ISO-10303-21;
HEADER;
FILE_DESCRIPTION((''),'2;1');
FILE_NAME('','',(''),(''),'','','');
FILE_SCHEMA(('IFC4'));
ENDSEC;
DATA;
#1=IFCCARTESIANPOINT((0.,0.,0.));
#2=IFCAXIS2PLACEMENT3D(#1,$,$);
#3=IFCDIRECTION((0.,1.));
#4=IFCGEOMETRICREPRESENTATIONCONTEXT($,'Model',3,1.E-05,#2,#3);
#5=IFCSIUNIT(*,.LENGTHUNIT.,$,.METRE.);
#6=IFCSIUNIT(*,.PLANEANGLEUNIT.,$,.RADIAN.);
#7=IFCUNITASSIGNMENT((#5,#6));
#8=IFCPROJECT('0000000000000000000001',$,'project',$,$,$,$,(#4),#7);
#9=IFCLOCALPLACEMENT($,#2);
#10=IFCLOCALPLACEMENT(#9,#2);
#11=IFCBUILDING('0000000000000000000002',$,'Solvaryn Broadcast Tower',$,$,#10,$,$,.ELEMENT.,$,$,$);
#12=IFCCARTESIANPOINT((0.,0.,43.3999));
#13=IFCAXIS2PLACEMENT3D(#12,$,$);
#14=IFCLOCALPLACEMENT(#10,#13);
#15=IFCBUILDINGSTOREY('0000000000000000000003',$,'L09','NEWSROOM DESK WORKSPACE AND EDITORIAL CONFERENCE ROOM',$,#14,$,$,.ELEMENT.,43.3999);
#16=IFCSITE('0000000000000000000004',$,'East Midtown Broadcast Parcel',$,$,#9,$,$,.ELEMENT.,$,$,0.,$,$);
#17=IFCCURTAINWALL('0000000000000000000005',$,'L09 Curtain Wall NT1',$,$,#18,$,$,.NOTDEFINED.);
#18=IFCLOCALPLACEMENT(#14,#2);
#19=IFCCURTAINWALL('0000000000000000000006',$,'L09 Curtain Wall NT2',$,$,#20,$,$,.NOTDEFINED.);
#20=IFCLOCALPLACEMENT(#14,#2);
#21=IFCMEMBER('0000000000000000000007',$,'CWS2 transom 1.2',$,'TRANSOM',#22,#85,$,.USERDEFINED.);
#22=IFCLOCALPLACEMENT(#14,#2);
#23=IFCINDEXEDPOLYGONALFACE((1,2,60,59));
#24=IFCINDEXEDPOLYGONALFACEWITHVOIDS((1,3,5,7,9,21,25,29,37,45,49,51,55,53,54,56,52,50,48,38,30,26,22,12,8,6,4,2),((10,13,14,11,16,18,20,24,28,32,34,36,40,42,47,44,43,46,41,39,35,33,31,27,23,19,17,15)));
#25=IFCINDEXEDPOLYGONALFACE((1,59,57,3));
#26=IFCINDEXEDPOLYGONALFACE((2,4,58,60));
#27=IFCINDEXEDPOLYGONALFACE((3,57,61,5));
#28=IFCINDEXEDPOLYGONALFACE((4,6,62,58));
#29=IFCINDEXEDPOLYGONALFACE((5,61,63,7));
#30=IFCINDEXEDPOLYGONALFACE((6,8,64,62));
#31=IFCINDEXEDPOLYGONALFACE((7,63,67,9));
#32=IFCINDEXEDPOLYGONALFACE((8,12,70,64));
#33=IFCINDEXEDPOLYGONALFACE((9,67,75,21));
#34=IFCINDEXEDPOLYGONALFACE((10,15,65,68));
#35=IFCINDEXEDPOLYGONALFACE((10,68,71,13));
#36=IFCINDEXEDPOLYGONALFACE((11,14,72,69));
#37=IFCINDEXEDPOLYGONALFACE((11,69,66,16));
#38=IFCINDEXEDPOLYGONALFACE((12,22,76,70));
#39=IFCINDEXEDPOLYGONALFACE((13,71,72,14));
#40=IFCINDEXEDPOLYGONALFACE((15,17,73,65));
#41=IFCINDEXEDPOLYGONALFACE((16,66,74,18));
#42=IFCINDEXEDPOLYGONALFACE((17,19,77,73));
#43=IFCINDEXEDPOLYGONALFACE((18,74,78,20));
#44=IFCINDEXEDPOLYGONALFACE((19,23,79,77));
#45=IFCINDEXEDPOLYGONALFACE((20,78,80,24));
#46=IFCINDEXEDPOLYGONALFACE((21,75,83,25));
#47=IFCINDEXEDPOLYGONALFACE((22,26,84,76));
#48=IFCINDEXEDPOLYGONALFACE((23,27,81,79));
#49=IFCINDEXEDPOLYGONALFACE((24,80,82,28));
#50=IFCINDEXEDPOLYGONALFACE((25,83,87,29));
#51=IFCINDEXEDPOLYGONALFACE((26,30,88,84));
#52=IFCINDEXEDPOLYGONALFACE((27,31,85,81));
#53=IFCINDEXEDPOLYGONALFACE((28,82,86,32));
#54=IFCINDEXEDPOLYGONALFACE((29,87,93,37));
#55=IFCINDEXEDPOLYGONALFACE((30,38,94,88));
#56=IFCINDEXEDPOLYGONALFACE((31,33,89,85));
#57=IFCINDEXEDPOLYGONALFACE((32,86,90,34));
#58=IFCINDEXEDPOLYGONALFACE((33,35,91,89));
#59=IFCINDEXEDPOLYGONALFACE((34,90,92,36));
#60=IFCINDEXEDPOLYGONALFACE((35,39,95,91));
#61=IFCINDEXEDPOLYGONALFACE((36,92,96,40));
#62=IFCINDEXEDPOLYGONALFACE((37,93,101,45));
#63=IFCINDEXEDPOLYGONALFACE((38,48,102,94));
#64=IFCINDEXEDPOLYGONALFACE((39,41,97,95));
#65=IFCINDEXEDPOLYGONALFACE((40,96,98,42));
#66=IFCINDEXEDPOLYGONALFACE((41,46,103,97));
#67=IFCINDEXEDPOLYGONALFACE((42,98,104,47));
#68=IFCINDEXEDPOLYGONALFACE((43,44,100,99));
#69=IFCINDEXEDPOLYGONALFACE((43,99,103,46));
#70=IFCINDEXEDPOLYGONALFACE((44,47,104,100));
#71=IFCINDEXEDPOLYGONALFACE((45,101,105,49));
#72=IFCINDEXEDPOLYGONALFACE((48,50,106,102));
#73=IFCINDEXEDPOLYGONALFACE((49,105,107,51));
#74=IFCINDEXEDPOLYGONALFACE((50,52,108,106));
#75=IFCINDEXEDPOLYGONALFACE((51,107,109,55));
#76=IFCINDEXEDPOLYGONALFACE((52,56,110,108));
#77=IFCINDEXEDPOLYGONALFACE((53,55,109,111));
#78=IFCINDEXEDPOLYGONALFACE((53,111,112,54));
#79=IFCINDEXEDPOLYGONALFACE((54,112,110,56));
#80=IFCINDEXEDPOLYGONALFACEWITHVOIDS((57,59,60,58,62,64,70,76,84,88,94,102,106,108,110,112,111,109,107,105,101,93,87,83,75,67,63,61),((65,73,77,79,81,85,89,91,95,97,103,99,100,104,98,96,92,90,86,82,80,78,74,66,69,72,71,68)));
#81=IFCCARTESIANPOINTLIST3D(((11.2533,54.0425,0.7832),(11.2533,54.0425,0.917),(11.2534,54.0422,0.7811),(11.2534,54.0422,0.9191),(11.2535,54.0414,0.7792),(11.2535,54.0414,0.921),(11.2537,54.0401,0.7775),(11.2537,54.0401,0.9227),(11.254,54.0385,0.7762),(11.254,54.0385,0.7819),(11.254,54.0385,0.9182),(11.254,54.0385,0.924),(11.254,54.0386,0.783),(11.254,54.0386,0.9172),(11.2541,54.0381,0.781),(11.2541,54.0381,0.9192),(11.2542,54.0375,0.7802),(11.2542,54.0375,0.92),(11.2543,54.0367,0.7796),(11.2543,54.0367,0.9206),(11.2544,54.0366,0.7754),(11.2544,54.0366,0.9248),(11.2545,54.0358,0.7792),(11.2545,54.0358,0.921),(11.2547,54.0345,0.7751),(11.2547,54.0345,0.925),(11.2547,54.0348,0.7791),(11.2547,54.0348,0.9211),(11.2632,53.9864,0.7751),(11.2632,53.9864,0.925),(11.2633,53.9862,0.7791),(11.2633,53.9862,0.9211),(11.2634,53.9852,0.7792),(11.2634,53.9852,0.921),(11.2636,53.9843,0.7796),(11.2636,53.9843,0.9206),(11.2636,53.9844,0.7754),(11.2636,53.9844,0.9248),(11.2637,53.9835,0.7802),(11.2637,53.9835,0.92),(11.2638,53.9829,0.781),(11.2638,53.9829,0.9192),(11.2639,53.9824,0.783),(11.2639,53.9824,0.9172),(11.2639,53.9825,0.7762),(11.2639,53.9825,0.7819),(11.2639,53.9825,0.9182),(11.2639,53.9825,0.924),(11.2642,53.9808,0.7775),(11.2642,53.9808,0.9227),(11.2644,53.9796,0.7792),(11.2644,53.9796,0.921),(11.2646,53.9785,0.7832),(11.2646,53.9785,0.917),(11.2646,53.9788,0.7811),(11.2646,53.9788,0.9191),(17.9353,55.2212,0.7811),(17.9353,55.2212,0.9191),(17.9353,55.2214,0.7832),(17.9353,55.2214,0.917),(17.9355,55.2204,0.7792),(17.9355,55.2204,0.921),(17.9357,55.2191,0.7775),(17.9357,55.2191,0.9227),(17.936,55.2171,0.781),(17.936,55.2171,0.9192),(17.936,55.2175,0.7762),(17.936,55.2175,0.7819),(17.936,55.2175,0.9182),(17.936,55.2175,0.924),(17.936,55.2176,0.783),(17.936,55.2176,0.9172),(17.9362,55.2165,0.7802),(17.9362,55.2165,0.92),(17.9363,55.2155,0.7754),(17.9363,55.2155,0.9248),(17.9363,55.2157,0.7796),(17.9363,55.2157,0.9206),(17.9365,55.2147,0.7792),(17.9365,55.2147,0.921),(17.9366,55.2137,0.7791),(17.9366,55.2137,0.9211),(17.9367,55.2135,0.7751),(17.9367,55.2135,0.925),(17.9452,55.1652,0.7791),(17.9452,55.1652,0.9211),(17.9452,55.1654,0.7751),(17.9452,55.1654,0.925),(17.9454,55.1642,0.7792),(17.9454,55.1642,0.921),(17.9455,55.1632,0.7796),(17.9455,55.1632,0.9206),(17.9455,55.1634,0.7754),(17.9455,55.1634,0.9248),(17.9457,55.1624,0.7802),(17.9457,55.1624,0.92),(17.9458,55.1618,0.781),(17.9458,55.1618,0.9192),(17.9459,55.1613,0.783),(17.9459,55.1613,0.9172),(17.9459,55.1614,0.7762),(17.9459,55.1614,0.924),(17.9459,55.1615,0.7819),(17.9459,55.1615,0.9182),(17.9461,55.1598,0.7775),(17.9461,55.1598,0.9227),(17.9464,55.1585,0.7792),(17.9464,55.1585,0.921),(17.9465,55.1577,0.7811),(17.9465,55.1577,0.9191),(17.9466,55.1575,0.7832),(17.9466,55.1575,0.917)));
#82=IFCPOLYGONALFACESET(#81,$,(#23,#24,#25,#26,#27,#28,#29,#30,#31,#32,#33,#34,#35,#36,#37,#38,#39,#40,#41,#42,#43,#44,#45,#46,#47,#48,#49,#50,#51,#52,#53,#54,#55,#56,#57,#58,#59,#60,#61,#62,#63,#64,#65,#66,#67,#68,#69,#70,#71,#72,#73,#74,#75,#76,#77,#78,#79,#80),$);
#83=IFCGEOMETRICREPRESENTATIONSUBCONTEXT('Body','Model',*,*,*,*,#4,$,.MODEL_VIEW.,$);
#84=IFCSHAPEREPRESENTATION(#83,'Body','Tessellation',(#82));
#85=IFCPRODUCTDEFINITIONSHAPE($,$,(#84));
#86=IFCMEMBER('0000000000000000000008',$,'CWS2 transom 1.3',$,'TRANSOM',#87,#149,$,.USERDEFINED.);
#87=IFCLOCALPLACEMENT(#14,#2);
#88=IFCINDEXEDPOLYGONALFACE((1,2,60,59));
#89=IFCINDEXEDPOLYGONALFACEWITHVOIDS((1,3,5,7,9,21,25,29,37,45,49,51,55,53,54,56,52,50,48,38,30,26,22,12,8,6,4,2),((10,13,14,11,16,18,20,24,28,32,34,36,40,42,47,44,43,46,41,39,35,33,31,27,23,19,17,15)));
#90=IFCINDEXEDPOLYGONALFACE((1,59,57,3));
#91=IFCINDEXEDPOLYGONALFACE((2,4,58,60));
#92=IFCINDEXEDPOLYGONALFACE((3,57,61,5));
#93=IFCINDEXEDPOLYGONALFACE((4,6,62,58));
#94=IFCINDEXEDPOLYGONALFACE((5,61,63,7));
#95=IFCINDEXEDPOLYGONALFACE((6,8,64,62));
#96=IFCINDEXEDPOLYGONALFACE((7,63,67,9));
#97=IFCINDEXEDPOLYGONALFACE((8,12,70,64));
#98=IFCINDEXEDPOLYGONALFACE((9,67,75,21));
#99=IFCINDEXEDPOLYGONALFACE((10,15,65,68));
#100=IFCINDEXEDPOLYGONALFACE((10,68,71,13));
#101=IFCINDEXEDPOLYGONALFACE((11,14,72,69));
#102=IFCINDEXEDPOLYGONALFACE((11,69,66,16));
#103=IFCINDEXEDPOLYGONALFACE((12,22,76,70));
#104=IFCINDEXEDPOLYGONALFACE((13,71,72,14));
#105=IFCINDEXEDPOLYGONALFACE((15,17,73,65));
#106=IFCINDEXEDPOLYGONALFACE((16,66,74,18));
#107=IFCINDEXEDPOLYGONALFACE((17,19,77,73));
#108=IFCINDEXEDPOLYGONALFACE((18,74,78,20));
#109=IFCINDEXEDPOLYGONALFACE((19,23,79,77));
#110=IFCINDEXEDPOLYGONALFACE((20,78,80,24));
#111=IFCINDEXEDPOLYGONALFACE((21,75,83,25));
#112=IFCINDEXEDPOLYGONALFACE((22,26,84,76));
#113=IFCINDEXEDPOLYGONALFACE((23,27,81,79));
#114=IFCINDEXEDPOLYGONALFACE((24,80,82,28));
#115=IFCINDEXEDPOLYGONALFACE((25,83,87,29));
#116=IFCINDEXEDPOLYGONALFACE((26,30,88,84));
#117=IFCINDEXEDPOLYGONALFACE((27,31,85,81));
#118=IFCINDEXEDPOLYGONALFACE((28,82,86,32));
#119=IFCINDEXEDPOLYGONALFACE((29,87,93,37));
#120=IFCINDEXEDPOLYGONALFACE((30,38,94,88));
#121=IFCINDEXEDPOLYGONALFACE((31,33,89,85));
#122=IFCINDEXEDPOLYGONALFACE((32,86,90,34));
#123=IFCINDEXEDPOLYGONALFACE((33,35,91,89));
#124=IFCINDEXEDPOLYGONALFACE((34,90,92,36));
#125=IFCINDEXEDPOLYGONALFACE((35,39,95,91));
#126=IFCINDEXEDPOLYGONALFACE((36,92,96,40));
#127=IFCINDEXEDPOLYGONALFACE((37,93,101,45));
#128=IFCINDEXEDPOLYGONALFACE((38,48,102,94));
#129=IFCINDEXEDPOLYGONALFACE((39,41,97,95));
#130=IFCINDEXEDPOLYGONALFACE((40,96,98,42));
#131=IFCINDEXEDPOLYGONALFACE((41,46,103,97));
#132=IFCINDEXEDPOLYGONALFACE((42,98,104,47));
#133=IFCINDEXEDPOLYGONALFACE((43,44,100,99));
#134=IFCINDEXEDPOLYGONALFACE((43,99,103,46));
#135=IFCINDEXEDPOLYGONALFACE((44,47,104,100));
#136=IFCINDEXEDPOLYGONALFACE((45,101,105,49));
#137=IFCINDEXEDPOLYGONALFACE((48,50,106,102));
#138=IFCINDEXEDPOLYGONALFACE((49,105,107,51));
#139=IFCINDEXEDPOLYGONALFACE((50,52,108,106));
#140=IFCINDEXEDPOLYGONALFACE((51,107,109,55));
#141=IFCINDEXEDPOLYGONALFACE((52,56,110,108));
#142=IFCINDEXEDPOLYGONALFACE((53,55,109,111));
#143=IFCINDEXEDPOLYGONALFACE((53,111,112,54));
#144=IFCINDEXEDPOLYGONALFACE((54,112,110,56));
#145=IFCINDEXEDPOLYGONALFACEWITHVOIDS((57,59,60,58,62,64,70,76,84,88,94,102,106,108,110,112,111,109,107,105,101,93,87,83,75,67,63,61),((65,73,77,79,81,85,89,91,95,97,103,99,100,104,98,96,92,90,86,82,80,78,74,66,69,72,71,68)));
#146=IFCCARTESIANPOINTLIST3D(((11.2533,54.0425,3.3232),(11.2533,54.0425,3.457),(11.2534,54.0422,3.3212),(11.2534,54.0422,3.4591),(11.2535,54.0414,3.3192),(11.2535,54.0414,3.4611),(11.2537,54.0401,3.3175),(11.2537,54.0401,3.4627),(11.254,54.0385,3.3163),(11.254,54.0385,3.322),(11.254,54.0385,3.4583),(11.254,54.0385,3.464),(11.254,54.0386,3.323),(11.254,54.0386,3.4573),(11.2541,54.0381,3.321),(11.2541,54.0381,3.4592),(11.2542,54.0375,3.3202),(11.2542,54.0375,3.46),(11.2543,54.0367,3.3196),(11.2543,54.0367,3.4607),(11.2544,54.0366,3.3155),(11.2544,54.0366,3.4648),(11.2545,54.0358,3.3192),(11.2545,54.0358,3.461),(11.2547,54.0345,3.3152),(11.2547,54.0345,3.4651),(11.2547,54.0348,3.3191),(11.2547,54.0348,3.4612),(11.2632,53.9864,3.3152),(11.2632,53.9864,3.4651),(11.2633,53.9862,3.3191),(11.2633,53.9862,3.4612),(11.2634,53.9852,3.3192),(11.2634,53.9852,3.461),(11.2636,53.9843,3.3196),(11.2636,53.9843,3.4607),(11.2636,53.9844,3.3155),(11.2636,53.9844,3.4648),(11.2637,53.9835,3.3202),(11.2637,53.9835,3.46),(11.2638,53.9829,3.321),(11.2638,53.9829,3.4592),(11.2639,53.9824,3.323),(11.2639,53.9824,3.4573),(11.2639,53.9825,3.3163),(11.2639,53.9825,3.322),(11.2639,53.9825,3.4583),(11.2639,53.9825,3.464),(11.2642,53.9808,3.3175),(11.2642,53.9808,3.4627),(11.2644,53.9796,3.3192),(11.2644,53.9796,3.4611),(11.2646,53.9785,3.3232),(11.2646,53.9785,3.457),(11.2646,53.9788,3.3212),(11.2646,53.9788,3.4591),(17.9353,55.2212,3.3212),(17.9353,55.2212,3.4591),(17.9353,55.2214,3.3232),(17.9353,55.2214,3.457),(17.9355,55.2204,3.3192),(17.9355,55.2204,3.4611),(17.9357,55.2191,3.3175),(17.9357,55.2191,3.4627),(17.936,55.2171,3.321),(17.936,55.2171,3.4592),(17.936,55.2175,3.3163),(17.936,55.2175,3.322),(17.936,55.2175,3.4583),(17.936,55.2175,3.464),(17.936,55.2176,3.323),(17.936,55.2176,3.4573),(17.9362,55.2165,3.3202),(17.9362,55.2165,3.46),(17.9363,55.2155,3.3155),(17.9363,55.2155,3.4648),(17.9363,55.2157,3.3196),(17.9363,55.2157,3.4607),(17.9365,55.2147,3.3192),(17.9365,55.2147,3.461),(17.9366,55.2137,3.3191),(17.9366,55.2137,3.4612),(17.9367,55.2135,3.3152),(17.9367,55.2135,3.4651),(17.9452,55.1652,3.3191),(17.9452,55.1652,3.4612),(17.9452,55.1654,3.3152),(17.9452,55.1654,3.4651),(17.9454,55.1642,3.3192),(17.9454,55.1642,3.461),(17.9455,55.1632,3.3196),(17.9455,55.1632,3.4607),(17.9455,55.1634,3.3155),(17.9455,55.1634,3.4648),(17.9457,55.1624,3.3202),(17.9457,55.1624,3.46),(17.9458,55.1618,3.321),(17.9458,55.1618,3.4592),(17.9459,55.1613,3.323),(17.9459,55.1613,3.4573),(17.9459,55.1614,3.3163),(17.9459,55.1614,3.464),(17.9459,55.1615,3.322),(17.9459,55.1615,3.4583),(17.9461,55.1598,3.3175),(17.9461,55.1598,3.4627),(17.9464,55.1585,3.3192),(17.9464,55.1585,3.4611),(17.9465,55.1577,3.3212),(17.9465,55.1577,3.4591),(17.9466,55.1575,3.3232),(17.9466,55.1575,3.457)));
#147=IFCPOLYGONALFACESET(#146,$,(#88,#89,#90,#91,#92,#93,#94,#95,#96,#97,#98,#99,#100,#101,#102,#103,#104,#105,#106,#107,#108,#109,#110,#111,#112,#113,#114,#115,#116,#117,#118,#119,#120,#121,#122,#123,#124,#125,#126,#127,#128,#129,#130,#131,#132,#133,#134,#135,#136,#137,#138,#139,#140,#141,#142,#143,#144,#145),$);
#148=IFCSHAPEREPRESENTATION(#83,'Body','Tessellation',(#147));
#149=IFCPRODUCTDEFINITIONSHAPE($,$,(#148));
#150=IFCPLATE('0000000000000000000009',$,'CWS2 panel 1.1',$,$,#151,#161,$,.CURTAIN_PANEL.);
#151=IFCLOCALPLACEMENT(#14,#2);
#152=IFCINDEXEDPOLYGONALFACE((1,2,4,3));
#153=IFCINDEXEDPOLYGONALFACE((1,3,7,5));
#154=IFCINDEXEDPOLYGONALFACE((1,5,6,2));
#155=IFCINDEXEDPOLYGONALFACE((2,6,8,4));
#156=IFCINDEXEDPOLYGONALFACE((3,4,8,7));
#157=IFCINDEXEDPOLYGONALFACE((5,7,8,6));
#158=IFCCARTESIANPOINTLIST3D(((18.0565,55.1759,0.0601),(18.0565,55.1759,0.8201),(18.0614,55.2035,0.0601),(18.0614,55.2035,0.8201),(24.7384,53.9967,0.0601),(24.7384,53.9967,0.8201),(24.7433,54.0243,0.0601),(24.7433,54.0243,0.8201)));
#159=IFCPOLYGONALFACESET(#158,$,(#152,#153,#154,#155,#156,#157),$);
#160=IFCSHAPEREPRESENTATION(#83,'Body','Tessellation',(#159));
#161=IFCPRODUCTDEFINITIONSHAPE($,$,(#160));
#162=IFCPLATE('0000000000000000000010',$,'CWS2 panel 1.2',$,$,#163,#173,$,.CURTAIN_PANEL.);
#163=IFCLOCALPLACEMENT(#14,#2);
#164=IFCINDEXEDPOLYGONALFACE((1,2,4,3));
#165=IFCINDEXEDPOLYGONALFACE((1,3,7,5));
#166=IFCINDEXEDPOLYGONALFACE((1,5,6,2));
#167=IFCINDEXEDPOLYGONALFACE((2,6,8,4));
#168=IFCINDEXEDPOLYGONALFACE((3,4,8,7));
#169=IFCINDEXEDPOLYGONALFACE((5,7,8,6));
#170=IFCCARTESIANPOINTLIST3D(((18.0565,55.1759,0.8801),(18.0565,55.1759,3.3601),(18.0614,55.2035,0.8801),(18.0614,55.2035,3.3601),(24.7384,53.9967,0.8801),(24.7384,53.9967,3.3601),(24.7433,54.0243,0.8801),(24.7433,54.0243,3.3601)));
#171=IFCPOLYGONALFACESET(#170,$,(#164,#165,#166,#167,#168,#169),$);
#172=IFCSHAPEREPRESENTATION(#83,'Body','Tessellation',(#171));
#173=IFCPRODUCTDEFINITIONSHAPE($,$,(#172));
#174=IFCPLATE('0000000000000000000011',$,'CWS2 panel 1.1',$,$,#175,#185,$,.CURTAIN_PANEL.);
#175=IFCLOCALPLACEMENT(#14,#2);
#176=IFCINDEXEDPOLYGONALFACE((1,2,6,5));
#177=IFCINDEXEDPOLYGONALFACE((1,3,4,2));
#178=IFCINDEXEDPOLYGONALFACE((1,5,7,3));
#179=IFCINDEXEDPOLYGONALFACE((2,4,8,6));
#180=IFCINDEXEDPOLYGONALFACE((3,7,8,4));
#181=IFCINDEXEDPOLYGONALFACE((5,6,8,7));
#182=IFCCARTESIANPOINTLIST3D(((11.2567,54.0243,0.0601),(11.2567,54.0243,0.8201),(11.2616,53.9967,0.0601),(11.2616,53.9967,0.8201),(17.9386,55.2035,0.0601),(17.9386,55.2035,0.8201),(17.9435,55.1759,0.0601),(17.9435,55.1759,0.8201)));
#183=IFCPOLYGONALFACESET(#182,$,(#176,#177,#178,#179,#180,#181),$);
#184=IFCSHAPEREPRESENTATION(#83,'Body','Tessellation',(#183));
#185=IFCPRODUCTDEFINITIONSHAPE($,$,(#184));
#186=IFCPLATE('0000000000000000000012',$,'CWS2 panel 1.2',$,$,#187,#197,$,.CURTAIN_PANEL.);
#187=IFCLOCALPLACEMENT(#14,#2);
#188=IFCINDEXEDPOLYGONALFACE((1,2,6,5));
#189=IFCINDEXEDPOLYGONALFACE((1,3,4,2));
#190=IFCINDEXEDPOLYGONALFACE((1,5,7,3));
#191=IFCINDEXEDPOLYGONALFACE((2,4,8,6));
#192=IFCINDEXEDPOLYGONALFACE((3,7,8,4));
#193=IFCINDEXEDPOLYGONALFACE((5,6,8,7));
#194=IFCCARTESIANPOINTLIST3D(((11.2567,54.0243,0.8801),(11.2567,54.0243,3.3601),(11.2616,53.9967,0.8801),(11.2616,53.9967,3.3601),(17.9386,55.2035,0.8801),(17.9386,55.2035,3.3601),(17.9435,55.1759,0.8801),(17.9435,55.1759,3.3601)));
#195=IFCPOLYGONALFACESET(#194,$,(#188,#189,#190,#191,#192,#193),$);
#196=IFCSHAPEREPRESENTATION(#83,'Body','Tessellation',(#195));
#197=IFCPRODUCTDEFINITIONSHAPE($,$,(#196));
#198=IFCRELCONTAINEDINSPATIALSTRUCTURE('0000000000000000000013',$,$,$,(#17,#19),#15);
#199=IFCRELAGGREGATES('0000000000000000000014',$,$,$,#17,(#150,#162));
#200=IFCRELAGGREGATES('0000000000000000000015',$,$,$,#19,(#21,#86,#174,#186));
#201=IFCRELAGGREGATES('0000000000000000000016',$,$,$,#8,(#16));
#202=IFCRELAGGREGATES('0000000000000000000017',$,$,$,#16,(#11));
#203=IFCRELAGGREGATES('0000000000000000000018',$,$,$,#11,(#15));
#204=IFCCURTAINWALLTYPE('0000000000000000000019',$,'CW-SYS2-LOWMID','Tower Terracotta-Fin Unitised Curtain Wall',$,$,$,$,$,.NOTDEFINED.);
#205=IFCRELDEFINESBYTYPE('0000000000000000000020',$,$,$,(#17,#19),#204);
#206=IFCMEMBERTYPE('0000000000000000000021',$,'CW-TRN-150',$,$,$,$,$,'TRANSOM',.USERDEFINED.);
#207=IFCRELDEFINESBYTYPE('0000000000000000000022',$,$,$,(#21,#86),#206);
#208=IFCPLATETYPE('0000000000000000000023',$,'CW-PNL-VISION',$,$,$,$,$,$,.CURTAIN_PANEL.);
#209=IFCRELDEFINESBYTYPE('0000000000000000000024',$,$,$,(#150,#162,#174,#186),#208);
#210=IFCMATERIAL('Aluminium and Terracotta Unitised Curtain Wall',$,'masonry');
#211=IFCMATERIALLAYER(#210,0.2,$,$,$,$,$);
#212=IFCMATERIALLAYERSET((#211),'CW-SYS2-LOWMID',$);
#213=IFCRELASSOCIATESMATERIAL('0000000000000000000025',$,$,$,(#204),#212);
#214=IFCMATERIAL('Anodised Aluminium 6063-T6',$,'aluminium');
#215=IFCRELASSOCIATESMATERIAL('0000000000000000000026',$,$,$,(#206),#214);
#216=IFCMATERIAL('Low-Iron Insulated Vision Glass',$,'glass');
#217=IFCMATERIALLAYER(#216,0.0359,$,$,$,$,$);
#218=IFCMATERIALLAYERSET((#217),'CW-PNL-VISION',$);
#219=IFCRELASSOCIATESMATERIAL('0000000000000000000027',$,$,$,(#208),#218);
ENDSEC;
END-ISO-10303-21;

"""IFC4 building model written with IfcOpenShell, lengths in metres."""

from ifc_helpers import new_model, si_unit, direction, frame, origin, origin_2d, place, context, subcontext, project, spatial, rectangle, hollow_rectangle, extrude, material, layer, layer_set, material_profile, profile_set, type_object, element, aggregate, save


model = new_model("IFC4")

# Units and contexts
model_context = context("Model", 3, precision=1e-05, world=origin(), true_north=direction((0.0, 1.0)))
body_context = subcontext(model_context, "Body", "Model", "MODEL_VIEW")
ifc_project = project(units=[si_unit("LENGTHUNIT", "METRE"), si_unit("PLANEANGLEUNIT", "RADIAN")], contexts=[model_context])

# Site, building, storey
site_placement = place(None, origin())
site = spatial("IfcSite", under=ifc_project, at=site_placement, Name="East Midtown Broadcast Parcel", CompositionType="ELEMENT", RefElevation=0.0)
building_placement = place(site_placement, origin())
building = spatial("IfcBuilding", under=site, at=building_placement, Name="Solvaryn Broadcast Tower", CompositionType="ELEMENT")
storey_placement = place(building_placement, frame((0.0, 0.0, 43.3999)))
storey = spatial("IfcBuildingStorey", under=building, at=storey_placement, Name="L09", Description="NEWSROOM DESK WORKSPACE AND EDITORIAL CONFERENCE ROOM", CompositionType="ELEMENT", Elevation=43.3999)

# Curtain walls
ifc_material_1 = material(Name="Aluminium and Terracotta Unitised Curtain Wall", Category="masonry")
ifc_layer_1 = layer(ifc_material_1, 0.2)
ifc_layer_set_1 = layer_set([ifc_layer_1], Name="CW-SYS2-LOWMID")
curtain_wall_type = type_object("IfcCurtainWallType", Name="CW-SYS2-LOWMID", Description="Tower Terracotta-Fin Unitised Curtain Wall", PredefinedType="NOTDEFINED", material=ifc_layer_set_1)
curtain_wall_1_placement = place(storey_placement, origin())
curtain_wall_1 = element("IfcCurtainWall", 1, at=curtain_wall_1_placement, inside=storey, type_object=curtain_wall_type, Name="L09 Curtain Wall NT1", PredefinedType="NOTDEFINED")
curtain_wall_2_placement = place(storey_placement, origin())
curtain_wall_2 = element("IfcCurtainWall", 2, at=curtain_wall_2_placement, inside=storey, type_object=curtain_wall_type, Name="L09 Curtain Wall NT2", PredefinedType="NOTDEFINED")

# Members
ifc_material_2 = material(Name="Anodised Aluminium 6063-T6", Category="aluminium")
ifc_material_profile_1 = material_profile(ifc_material_2, hollow_rectangle(XDim=0.0649, YDim=0.1499, WallThickness=0.0039, InnerFilletRadius=0.0039, OuterFilletRadius=0.0081, at=origin_2d()))
ifc_profile_set_1 = profile_set([ifc_material_profile_1], Name="Anodised Aluminium 6063-T6")
member_type_1 = type_object("IfcMemberType", Name="CW-TRN-150", ElementType="TRANSOM", PredefinedType="USERDEFINED", material=ifc_profile_set_1)
member_1_placement = place(storey_placement, frame((17.9409, 55.1895, 0.8501), z_axis=(-0.984789, -0.173757, 0.0), x_axis=(0.173757, -0.984789, 0.0)))
member_1 = element("IfcMember", 3, at=member_1_placement, type_object=member_type_1, Name="CWS2 transom 1.2", ObjectType="TRANSOM", PredefinedType="USERDEFINED", context=body_context, shape_type="SweptSolid", body=[
    extrude(hollow_rectangle(XDim=0.0649, YDim=0.1499, WallThickness=0.0039, InnerFilletRadius=0.0039, OuterFilletRadius=0.0081, at=origin_2d()), origin(), (0.0, 0.0, 1.0), 6.7852),
])
member_2_placement = place(storey_placement, frame((17.9409, 55.1895, 3.3901), z_axis=(-0.984789, -0.173757, 0.0), x_axis=(0.173757, -0.984789, 0.0)))
member_2 = element("IfcMember", 4, at=member_2_placement, type_object=member_type_1, Name="CWS2 transom 1.3", ObjectType="TRANSOM", PredefinedType="USERDEFINED", context=body_context, shape_type="SweptSolid", body=[
    extrude(hollow_rectangle(XDim=0.0649, YDim=0.1499, WallThickness=0.0039, InnerFilletRadius=0.0039, OuterFilletRadius=0.0081, at=origin_2d()), origin(), (0.0, 0.0, 1.0), 6.7852),
])

# Plates
ifc_material_3 = material(Name="Low-Iron Insulated Vision Glass", Category="glass")
ifc_layer_2 = layer(ifc_material_3, 0.0359)
ifc_layer_set_2 = layer_set([ifc_layer_2], Name="CW-PNL-VISION")
plate_type = type_object("IfcPlateType", Name="CW-PNL-VISION", PredefinedType="CURTAIN_PANEL", material=ifc_layer_set_2)
plate_1_placement = place(storey_placement, frame((21.3999, 54.6001, 0.0601), z_axis=(0.0, 0.0, 1.0), x_axis=(-0.984784, 0.173785, 0.0)))
plate_1 = element("IfcPlate", 5, at=plate_1_placement, type_object=plate_type, Name="CWS2 panel 1.1", PredefinedType="CURTAIN_PANEL", context=body_context, shape_type="SweptSolid", body=[
    extrude(rectangle(XDim=6.7852, YDim=0.0281, at=origin_2d()), origin(), (0.0, 0.0, 1.0), 0.76),
])
plate_2_placement = place(storey_placement, frame((21.3999, 54.6001, 0.8801), z_axis=(0.0, 0.0, 1.0), x_axis=(-0.984784, 0.173785, 0.0)))
plate_2 = element("IfcPlate", 6, at=plate_2_placement, type_object=plate_type, Name="CWS2 panel 1.2", PredefinedType="CURTAIN_PANEL", context=body_context, shape_type="SweptSolid", body=[
    extrude(rectangle(XDim=6.7852, YDim=0.0281, at=origin_2d()), origin(), (0.0, 0.0, 1.0), 2.48),
])
aggregate(curtain_wall_1, [plate_1, plate_2])
plate_3_placement = place(storey_placement, frame((14.6001, 54.6001, 0.0601), z_axis=(0.0, 0.0, 1.0), x_axis=(-0.984784, -0.173785, 0.0)))
plate_3 = element("IfcPlate", 7, at=plate_3_placement, type_object=plate_type, Name="CWS2 panel 1.1", PredefinedType="CURTAIN_PANEL", context=body_context, shape_type="SweptSolid", body=[
    extrude(rectangle(XDim=6.7852, YDim=0.0281, at=origin_2d()), origin(), (0.0, 0.0, 1.0), 0.76),
])
plate_4_placement = place(storey_placement, frame((14.6001, 54.6001, 0.8801), z_axis=(0.0, 0.0, 1.0), x_axis=(-0.984784, -0.173785, 0.0)))
plate_4 = element("IfcPlate", 8, at=plate_4_placement, type_object=plate_type, Name="CWS2 panel 1.2", PredefinedType="CURTAIN_PANEL", context=body_context, shape_type="SweptSolid", body=[
    extrude(rectangle(XDim=6.7852, YDim=0.0281, at=origin_2d()), origin(), (0.0, 0.0, 1.0), 2.48),
])
aggregate(curtain_wall_2, [member_1, member_2, plate_3, plate_4])

save(model, "model.ifc")
